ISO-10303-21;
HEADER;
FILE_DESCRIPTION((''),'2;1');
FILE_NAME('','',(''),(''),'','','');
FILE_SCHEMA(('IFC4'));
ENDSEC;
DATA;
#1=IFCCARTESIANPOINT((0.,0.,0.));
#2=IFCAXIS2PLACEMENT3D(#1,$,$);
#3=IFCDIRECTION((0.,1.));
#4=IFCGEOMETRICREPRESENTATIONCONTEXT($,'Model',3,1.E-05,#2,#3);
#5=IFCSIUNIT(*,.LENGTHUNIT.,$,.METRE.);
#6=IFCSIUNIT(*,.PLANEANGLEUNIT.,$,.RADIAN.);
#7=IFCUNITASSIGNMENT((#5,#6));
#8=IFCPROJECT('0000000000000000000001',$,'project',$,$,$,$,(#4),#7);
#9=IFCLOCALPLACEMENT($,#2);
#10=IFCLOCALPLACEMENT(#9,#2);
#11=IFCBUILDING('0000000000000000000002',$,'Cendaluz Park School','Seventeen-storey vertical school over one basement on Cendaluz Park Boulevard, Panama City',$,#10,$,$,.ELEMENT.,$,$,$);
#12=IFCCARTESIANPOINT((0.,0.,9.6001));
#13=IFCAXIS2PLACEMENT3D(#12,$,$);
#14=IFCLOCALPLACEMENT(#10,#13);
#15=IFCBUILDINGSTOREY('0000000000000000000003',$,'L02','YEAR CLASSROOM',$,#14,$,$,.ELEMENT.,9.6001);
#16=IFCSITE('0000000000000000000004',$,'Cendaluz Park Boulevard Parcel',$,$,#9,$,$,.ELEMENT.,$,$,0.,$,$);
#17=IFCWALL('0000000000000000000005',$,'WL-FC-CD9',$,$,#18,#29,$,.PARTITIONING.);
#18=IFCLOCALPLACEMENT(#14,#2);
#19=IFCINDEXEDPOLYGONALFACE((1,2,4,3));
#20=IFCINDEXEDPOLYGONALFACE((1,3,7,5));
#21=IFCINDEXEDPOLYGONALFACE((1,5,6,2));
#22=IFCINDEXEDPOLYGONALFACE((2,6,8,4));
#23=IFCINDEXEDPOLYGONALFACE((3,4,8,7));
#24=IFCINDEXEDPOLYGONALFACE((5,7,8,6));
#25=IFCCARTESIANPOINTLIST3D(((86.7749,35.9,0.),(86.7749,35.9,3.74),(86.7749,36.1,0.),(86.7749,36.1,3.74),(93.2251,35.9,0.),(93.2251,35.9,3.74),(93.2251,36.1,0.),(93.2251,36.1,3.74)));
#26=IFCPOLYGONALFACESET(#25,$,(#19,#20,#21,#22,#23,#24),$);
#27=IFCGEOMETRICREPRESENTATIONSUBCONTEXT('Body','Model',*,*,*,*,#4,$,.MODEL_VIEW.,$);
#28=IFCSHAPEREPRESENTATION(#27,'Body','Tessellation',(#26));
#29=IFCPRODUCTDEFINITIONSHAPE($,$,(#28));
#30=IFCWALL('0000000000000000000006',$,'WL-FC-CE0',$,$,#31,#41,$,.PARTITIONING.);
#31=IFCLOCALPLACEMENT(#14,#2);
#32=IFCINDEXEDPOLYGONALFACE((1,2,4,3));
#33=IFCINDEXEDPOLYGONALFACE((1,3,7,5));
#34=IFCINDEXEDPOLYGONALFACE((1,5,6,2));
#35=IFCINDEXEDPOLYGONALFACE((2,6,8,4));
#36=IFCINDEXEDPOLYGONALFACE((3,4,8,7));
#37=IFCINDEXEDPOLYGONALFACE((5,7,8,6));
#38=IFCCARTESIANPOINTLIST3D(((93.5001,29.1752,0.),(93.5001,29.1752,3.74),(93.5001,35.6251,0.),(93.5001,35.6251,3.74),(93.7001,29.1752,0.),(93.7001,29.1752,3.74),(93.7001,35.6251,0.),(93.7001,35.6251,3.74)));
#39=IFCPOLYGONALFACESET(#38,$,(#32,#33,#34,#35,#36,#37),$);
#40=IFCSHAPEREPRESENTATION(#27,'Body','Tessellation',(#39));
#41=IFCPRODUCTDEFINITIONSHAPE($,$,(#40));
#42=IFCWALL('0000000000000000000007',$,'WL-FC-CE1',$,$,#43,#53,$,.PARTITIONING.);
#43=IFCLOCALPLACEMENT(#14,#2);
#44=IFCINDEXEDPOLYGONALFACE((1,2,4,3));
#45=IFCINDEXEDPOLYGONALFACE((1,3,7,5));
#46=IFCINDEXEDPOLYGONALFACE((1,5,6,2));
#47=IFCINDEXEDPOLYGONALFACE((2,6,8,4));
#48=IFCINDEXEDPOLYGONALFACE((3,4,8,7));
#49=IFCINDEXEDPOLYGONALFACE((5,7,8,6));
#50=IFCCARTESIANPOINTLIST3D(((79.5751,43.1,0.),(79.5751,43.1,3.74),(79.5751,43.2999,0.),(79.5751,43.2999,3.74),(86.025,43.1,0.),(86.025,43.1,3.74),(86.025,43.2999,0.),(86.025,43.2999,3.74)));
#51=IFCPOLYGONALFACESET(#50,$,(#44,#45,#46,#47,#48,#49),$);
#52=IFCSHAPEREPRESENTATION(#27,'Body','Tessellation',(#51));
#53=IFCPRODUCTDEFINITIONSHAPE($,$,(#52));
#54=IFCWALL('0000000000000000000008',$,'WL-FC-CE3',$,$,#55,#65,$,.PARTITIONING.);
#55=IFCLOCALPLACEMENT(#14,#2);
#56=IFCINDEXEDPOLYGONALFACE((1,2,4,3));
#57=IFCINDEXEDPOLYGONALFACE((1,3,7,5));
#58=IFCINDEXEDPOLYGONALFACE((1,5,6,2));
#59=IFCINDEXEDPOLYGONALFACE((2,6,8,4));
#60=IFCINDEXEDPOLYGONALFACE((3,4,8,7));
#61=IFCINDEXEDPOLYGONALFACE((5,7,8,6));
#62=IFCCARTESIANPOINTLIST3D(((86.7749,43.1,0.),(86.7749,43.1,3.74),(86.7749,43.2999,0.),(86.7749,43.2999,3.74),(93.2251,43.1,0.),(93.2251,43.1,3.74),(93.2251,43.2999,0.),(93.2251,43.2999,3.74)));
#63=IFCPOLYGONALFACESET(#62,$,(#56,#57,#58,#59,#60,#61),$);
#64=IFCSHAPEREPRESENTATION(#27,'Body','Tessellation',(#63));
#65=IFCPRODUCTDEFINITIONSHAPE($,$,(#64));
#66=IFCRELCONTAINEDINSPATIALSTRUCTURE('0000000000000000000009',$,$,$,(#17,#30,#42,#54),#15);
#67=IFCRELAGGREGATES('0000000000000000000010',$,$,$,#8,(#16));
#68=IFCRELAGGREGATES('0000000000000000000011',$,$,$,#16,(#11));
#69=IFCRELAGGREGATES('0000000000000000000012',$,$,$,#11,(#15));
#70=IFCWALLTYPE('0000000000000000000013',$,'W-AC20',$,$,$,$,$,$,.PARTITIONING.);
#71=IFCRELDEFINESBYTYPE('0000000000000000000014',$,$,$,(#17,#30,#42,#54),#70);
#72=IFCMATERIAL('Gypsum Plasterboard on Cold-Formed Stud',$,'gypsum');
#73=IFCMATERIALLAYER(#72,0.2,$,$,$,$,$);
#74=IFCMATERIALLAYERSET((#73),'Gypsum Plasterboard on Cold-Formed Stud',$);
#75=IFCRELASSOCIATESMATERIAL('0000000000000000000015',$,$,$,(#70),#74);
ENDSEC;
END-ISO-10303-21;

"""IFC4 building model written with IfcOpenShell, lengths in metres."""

from ifc_helpers import new_model, si_unit, direction, frame, frame_2d, origin, place, context, subcontext, project, spatial, rectangle, extrude, material, layer, layer_set, type_object, element, save


model = new_model("IFC4")

# Units and contexts
model_context = context("Model", 3, precision=1e-05, world=origin(), true_north=direction((0.0, 1.0)))
body_context = subcontext(model_context, "Body", "Model", "MODEL_VIEW")
ifc_project = project(units=[si_unit("LENGTHUNIT", "METRE"), si_unit("PLANEANGLEUNIT", "RADIAN")], contexts=[model_context])

# Site, building, storey
site_placement = place(None, origin())
site = spatial("IfcSite", under=ifc_project, at=site_placement, Name="Cendaluz Park Boulevard Parcel", CompositionType="ELEMENT", RefElevation=0.0)
building_placement = place(site_placement, origin())
building = spatial("IfcBuilding", under=site, at=building_placement, Name="Cendaluz Park School", Description="Seventeen-storey vertical school over one basement on Cendaluz Park Boulevard, Panama City", CompositionType="ELEMENT")
storey_placement = place(building_placement, frame((0.0, 0.0, 9.6001)))
storey = spatial("IfcBuildingStorey", under=building, at=storey_placement, Name="L02", Description="YEAR CLASSROOM", CompositionType="ELEMENT", Elevation=9.6001)

# Walls
ifc_material_1 = material(Name="Gypsum Plasterboard on Cold-Formed Stud", Category="gypsum")
ifc_layer = layer(ifc_material_1, 0.2)
ifc_layer_set = layer_set([ifc_layer], Name="Gypsum Plasterboard on Cold-Formed Stud")
wall_type = type_object("IfcWallType", Name="W-AC20", PredefinedType="PARTITIONING", material=ifc_layer_set)
wall_1_placement = place(storey_placement, frame((86.7749, 36.0, 0.0), z_axis=(0.0, 0.0, 1.0), x_axis=(1.0, 0.0, 0.0)))
element("IfcWall", 1, at=wall_1_placement, inside=storey, type_object=wall_type, Name="WL-FC-CD9", PredefinedType="PARTITIONING", context=body_context, shape_type="SweptSolid", body=[
    extrude(rectangle(XDim=6.4502, YDim=0.2, at=frame_2d((3.2251, 0.0))), origin(), (0.0, 0.0, 1.0), 3.74),
])
for number, where, z_axis, x_axis, name in (
    (2, (93.6001, 29.175, 0.0), (0.0, 0.0, 1.0), (0.0, 1.0, 0.0), "WL-FC-CE0"),
    (3, (79.575, 43.2, 0.0), (0.0, 0.0, 1.0), (1.0, 0.0, 0.0), "WL-FC-CE1"),
):
    element("IfcWall", number, at=place(storey_placement, frame(where, z_axis=z_axis, x_axis=x_axis)), inside=storey, type_object=wall_type, Name=name, PredefinedType="PARTITIONING", context=body_context, shape_type="SweptSolid", body=[
        extrude(rectangle(XDim=6.45, YDim=0.2, at=frame_2d((3.2251, 0.0))), origin(), (0.0, 0.0, 1.0), 3.74),
    ])
wall_2_placement = place(storey_placement, frame((86.7749, 43.2, 0.0), z_axis=(0.0, 0.0, 1.0), x_axis=(1.0, 0.0, 0.0)))
element("IfcWall", 4, at=wall_2_placement, inside=storey, type_object=wall_type, Name="WL-FC-CE3", PredefinedType="PARTITIONING", context=body_context, shape_type="SweptSolid", body=[
    extrude(rectangle(XDim=6.4502, YDim=0.2, at=frame_2d((3.2251, 0.0))), origin(), (0.0, 0.0, 1.0), 3.74),
])

save(model, "model.ifc")
